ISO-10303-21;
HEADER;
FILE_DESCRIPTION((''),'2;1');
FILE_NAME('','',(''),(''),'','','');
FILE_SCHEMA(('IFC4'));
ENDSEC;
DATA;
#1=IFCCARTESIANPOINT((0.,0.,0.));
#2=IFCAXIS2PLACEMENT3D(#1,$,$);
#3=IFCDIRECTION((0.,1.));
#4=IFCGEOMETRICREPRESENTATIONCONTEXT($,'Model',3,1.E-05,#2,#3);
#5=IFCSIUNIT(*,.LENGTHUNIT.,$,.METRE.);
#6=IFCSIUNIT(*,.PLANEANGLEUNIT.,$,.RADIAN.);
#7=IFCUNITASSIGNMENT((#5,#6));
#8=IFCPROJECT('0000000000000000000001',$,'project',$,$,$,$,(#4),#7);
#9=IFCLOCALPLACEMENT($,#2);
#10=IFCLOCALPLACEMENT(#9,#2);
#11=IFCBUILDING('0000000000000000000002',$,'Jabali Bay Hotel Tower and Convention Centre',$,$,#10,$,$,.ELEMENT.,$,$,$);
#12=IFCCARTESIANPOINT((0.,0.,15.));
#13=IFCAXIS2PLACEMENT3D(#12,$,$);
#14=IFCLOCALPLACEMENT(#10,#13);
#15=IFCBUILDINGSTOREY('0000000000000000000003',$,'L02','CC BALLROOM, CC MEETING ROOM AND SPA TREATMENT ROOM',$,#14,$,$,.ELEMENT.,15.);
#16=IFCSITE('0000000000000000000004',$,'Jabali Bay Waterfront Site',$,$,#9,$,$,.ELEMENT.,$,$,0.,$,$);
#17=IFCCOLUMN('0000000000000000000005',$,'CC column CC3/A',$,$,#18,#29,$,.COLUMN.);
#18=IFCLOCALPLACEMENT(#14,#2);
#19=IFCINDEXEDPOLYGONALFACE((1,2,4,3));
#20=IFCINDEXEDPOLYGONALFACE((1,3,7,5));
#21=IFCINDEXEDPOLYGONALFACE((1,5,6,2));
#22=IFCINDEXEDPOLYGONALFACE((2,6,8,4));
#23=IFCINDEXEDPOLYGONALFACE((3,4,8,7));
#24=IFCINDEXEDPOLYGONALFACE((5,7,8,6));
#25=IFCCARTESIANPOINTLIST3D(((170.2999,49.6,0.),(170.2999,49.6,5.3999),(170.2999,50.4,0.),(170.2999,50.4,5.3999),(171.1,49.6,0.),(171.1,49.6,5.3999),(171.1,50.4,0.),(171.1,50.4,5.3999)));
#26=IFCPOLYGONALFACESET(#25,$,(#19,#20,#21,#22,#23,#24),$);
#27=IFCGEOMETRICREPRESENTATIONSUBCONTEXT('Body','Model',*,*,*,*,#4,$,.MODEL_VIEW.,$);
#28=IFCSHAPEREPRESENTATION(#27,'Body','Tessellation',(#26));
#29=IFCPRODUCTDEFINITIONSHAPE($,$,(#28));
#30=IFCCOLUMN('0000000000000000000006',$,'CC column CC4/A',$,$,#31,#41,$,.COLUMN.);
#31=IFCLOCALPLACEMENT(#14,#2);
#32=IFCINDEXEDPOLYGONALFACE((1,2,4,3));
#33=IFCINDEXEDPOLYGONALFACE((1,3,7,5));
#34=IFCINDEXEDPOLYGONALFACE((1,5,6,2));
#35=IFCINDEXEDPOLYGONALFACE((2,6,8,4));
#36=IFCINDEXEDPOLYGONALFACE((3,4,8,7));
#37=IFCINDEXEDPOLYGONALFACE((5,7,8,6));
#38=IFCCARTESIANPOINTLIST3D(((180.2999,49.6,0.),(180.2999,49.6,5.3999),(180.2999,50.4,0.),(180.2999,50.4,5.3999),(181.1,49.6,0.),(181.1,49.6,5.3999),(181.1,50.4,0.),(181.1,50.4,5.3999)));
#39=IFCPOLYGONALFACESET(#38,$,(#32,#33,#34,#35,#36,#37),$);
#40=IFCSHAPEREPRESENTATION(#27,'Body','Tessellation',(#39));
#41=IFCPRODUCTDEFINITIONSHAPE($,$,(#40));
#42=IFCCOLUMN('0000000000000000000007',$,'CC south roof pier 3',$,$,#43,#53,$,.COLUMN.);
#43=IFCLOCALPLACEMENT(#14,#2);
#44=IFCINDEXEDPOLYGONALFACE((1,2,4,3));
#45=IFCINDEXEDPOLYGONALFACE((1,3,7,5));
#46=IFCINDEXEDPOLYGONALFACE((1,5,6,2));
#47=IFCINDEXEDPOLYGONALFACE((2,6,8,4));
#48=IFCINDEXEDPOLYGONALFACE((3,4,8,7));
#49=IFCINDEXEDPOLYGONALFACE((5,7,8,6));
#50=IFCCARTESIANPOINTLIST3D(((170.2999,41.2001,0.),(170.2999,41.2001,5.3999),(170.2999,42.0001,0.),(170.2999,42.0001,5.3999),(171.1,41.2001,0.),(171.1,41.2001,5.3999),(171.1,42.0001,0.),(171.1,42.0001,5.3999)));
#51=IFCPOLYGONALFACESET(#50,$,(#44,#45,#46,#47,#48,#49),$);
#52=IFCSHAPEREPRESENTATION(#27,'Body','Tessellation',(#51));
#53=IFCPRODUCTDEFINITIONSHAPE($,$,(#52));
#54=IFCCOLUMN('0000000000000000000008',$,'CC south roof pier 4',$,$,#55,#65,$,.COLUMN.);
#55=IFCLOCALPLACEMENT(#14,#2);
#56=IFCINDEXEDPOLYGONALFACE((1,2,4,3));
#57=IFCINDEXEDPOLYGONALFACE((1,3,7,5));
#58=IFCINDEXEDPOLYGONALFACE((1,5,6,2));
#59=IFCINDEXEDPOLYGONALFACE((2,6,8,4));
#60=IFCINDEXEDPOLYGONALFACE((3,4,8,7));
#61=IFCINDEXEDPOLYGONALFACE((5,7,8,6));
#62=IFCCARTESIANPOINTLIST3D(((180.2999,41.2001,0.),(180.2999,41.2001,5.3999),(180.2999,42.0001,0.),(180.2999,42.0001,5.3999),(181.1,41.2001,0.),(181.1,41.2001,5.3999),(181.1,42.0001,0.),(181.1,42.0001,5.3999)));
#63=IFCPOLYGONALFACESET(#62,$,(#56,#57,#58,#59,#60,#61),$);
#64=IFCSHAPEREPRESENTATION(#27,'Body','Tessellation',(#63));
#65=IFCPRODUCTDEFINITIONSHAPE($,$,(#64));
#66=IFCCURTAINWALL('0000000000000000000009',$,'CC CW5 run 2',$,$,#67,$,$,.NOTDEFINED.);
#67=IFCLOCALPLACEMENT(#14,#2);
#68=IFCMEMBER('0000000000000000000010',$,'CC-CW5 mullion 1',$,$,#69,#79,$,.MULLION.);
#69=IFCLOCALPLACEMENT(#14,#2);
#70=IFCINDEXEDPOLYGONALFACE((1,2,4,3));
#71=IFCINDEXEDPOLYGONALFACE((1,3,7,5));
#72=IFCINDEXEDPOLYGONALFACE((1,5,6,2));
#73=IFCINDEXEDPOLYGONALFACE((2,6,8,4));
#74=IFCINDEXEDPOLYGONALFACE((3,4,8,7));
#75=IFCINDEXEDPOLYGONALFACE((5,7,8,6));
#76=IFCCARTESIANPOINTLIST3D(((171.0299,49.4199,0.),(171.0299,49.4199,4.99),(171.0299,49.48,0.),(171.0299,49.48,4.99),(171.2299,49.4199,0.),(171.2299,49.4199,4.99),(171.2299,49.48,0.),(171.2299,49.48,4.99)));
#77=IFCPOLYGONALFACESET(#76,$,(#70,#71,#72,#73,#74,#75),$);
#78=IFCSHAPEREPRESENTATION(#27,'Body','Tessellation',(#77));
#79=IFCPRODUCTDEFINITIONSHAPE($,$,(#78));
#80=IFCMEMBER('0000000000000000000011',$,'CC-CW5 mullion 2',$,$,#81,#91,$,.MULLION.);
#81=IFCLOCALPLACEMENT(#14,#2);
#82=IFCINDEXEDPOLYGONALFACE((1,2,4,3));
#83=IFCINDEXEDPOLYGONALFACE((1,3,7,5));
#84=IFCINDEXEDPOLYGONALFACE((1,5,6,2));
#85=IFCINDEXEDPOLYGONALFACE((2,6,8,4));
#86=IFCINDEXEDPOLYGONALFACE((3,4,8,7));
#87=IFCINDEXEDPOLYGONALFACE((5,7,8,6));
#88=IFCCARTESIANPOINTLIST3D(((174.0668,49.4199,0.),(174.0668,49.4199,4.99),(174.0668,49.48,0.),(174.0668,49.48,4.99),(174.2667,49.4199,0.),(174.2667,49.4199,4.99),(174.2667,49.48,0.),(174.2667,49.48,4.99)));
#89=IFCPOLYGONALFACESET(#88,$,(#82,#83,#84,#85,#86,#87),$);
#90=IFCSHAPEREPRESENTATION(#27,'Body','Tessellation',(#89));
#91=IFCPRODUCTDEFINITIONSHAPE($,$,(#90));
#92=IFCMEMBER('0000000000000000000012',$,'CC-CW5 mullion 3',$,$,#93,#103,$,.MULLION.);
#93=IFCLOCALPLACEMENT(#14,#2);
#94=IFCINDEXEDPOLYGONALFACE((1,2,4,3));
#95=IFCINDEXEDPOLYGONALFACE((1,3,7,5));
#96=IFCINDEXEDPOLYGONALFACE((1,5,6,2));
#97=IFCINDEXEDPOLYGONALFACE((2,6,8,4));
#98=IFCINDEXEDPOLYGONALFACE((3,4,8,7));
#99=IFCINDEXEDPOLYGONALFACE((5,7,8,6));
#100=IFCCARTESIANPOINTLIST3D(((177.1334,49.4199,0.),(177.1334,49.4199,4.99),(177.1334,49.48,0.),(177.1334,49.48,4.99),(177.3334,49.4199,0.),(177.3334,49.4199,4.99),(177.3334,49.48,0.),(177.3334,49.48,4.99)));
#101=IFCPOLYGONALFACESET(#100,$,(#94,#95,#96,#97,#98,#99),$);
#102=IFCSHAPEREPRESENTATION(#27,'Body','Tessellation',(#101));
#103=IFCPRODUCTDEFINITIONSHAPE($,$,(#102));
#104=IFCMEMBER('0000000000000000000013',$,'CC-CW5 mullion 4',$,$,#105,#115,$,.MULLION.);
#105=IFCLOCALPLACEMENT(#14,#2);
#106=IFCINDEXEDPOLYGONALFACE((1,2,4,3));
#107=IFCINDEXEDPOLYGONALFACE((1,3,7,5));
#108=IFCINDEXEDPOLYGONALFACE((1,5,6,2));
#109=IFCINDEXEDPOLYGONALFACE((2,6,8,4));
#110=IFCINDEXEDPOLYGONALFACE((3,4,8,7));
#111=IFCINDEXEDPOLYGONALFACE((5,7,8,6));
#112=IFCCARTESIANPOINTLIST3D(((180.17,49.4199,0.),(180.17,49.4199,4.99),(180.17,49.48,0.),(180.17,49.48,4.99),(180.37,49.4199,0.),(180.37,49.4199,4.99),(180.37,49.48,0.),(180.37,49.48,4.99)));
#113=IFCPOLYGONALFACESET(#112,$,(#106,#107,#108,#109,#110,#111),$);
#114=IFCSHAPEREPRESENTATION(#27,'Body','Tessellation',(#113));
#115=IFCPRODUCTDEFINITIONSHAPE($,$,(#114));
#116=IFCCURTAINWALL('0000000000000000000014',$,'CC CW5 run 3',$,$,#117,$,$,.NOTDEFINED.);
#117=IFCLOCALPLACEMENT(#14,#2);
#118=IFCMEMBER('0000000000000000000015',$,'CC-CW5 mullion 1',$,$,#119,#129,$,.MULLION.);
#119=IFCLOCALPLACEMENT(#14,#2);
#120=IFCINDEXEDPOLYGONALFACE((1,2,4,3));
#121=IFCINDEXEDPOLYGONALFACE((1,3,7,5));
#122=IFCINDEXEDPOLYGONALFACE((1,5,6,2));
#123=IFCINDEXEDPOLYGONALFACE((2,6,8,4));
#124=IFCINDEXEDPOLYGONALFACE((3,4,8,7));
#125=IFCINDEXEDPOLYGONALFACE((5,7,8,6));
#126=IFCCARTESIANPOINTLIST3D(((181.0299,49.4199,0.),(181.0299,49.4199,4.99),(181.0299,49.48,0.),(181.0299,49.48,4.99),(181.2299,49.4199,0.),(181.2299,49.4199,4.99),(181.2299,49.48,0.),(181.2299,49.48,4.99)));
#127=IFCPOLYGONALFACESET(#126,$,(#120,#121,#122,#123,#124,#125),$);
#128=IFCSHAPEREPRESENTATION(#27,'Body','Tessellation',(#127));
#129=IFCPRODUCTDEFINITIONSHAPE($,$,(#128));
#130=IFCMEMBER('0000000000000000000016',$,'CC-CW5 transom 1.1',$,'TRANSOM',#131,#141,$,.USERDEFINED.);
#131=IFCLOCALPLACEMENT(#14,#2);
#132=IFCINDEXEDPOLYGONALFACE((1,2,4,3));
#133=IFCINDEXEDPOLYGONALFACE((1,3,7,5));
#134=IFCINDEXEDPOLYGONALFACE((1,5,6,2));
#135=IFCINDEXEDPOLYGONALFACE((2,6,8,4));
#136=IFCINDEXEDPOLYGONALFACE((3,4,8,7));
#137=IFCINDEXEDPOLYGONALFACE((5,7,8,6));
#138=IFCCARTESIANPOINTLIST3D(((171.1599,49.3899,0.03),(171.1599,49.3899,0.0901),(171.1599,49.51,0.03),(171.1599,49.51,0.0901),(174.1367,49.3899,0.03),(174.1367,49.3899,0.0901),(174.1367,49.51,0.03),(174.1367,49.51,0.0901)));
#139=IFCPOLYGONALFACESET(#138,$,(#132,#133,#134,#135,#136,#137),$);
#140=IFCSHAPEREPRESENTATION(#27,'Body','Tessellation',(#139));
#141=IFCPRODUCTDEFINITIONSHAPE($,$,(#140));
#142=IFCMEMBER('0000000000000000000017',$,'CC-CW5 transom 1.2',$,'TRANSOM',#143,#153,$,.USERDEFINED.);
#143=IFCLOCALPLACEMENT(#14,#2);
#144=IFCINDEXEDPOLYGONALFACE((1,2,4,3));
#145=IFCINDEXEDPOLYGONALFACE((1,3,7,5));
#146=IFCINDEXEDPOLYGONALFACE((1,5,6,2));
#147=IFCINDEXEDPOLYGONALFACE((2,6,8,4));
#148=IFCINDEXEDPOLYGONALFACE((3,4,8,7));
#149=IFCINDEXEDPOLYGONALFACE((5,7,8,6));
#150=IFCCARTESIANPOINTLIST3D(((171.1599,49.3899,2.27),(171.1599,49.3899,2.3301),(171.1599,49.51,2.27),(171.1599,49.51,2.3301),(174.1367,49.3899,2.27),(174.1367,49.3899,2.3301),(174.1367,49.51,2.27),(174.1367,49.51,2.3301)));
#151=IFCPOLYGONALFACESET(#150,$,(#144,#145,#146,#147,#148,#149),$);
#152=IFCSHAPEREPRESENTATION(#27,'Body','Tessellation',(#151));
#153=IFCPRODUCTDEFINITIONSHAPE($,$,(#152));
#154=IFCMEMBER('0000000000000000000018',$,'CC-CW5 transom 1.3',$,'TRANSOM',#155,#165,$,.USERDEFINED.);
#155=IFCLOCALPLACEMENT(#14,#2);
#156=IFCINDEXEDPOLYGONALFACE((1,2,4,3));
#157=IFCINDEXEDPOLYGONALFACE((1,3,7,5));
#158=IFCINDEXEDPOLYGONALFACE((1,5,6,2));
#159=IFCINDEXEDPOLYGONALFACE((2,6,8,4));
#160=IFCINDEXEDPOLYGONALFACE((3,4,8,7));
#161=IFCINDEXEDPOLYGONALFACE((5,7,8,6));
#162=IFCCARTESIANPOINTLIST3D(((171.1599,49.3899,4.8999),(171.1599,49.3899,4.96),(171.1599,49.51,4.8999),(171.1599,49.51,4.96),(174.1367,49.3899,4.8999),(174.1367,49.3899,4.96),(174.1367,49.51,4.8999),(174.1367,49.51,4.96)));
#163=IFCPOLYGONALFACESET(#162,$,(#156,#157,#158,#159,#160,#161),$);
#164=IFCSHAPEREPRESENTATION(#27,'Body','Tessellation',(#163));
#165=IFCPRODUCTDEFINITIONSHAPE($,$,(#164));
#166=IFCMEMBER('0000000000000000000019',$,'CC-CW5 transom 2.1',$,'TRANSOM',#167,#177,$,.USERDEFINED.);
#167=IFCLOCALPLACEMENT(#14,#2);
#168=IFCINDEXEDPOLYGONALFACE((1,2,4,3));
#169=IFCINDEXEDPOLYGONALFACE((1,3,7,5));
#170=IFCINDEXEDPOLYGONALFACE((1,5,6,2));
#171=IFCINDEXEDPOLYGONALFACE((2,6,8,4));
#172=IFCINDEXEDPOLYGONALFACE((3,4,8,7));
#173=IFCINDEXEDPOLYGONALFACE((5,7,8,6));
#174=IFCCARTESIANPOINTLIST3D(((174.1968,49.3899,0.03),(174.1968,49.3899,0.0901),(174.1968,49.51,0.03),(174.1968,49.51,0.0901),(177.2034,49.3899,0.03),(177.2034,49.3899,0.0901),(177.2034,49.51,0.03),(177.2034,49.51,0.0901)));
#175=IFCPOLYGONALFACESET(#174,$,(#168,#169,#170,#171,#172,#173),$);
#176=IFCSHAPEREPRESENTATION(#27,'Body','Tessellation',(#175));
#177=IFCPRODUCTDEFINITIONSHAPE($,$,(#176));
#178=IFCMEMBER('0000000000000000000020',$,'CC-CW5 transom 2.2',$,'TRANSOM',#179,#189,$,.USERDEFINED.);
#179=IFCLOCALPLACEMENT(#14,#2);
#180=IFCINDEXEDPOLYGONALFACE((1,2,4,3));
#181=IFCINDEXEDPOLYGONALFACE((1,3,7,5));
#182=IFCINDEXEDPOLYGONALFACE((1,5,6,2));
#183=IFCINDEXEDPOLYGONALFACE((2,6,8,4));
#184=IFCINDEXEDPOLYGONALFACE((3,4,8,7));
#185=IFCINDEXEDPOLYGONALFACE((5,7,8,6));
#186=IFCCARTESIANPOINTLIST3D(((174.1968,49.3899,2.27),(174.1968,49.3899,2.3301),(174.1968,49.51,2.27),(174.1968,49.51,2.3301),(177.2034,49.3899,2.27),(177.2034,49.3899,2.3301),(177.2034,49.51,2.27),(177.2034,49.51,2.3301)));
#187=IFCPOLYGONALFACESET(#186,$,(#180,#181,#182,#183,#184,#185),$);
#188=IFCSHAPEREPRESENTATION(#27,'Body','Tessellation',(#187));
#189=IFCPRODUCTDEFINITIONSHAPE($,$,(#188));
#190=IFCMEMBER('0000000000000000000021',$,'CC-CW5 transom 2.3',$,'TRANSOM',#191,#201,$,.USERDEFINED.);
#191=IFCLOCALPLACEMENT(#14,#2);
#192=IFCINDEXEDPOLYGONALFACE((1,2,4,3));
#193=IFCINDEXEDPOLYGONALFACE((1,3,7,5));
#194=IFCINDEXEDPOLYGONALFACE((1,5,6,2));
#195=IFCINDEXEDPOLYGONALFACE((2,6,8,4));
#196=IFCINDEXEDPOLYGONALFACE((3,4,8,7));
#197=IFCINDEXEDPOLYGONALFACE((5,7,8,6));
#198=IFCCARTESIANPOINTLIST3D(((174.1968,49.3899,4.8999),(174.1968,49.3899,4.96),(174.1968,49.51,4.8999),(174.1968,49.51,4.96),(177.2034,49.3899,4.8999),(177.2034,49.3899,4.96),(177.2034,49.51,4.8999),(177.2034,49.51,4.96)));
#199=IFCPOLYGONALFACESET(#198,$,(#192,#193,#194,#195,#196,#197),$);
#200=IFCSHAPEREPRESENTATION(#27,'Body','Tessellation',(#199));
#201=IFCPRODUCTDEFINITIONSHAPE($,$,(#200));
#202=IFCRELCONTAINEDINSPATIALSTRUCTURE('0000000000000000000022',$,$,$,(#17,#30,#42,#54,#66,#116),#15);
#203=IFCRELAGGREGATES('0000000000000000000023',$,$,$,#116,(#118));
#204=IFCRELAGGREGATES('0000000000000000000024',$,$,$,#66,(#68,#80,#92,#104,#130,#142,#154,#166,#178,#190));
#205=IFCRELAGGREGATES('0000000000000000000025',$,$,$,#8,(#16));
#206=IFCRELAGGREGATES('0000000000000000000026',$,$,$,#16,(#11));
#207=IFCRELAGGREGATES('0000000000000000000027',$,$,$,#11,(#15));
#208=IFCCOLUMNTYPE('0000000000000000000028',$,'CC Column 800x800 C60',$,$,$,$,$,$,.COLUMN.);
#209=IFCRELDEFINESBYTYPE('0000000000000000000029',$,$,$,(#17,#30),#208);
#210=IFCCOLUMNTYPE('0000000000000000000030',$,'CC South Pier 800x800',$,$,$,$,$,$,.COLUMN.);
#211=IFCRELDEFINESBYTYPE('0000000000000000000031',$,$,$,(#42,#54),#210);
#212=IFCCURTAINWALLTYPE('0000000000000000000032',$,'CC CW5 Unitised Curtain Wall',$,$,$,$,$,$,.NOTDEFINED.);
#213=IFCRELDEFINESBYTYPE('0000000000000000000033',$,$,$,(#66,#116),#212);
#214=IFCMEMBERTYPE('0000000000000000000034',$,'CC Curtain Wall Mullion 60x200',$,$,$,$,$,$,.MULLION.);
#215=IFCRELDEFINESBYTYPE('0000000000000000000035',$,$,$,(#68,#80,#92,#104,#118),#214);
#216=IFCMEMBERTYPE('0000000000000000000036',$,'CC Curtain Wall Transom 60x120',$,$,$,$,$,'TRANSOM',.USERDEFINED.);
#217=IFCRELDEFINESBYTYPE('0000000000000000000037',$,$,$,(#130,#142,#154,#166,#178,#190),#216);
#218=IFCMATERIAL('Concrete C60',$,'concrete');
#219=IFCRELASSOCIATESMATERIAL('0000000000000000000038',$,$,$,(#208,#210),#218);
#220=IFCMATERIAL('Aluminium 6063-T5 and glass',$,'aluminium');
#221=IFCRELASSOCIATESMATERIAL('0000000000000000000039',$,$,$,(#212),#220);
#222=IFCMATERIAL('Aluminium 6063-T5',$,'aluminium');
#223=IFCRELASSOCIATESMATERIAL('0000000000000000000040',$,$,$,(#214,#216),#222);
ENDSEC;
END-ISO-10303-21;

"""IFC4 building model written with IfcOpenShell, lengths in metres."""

from ifc_helpers import new_model, si_unit, direction, frame, origin, origin_2d, place, context, subcontext, project, spatial, rectangle, extrude, material, material_profile, profile_set, type_object, element, aggregate, save


model = new_model("IFC4")

# Units and contexts
model_context = context("Model", 3, precision=1e-05, world=origin(), true_north=direction((0.0, 1.0)))
body_context = subcontext(model_context, "Body", "Model", "MODEL_VIEW")
ifc_project = project(units=[si_unit("LENGTHUNIT", "METRE"), si_unit("PLANEANGLEUNIT", "RADIAN")], contexts=[model_context])

# Site, building, storey
site_placement = place(None, origin())
site = spatial("IfcSite", under=ifc_project, at=site_placement, Name="Jabali Bay Waterfront Site", CompositionType="ELEMENT", RefElevation=0.0)
building_placement = place(site_placement, origin())
building = spatial("IfcBuilding", under=site, at=building_placement, Name="Jabali Bay Hotel Tower and Convention Centre", CompositionType="ELEMENT")
storey_placement = place(building_placement, frame((0.0, 0.0, 15.0)))
storey = spatial("IfcBuildingStorey", under=building, at=storey_placement, Name="L02", Description="CC BALLROOM, CC MEETING ROOM AND SPA TREATMENT ROOM", CompositionType="ELEMENT", Elevation=15.0)

# Columns
ifc_material_1 = material(Name="Concrete C60", Category="concrete")
ifc_material_profile_1 = material_profile(ifc_material_1, rectangle(XDim=0.8, YDim=0.8, at=origin_2d()), Name="RC 800x800")
ifc_profile_set_1 = profile_set([ifc_material_profile_1], Name="Concrete C60")
column_type_1 = type_object("IfcColumnType", Name="CC Column 800x800 C60", PredefinedType="COLUMN", material=ifc_profile_set_1)
for number, where, z_axis, x_axis, name in (
    (1, (170.7, 50.0, 0.0), (0.0, 0.0, 1.0), (1.0, 0.0, 0.0), "CC column CC3/A"),
    (2, (180.7, 50.0, 0.0), (0.0, 0.0, 1.0), (1.0, 0.0, 0.0), "CC column CC4/A"),
):
    element("IfcColumn", number, at=place(storey_placement, frame(where, z_axis=z_axis, x_axis=x_axis)), inside=storey, type_object=column_type_1, Name=name, PredefinedType="COLUMN", context=body_context, shape_type="SweptSolid", body=[
        extrude(rectangle(XDim=0.8, YDim=0.8, at=origin_2d()), origin(), (0.0, 0.0, 1.0), 5.3999),
    ])
ifc_material_profile_2 = material_profile(ifc_material_1, rectangle(XDim=0.8, YDim=0.8, at=origin_2d()), Name="RC 800x800")
ifc_profile_set_2 = profile_set([ifc_material_profile_2], Name="Concrete C60")
column_type_2 = type_object("IfcColumnType", Name="CC South Pier 800x800", PredefinedType="COLUMN", material=ifc_profile_set_2)
for number, where, z_axis, x_axis, name in (
    (3, (170.7, 41.6001, 0.0), (0.0, 0.0, 1.0), (1.0, 0.0, 0.0), "CC south roof pier 3"),
    (4, (180.7, 41.6001, 0.0), (0.0, 0.0, 1.0), (1.0, 0.0, 0.0), "CC south roof pier 4"),
):
    element("IfcColumn", number, at=place(storey_placement, frame(where, z_axis=z_axis, x_axis=x_axis)), inside=storey, type_object=column_type_2, Name=name, PredefinedType="COLUMN", context=body_context, shape_type="SweptSolid", body=[
        extrude(rectangle(XDim=0.8, YDim=0.8, at=origin_2d()), origin(), (0.0, 0.0, 1.0), 5.3999),
    ])

# Curtain wall, members
ifc_material_2 = material(Name="Aluminium 6063-T5 and glass", Category="aluminium")
curtain_wall_type = type_object("IfcCurtainWallType", Name="CC CW5 Unitised Curtain Wall", PredefinedType="NOTDEFINED", material=ifc_material_2)
curtain_wall_1_placement = place(storey_placement, origin())
curtain_wall_1 = element("IfcCurtainWall", 5, at=curtain_wall_1_placement, inside=storey, type_object=curtain_wall_type, Name="CC CW5 run 2", PredefinedType="NOTDEFINED")
ifc_material_3 = material(Name="Aluminium 6063-T5", Category="aluminium")
ifc_material_profile_3 = material_profile(ifc_material_3, rectangle(XDim=0.0601, YDim=0.2, at=origin_2d()), Name="AL 60x200")
ifc_profile_set_3 = profile_set([ifc_material_profile_3], Name="Aluminium 6063-T5")
member_type_1 = type_object("IfcMemberType", Name="CC Curtain Wall Mullion 60x200", PredefinedType="MULLION", material=ifc_profile_set_3)
member_1_placement = place(storey_placement, frame((171.1299, 49.45, 0.0), z_axis=(0.0, 0.0, 1.0), x_axis=(0.0, 1.0, 0.0)))
member_1 = element("IfcMember", 6, at=member_1_placement, type_object=member_type_1, Name="CC-CW5 mullion 1", PredefinedType="MULLION", context=body_context, shape_type="SweptSolid", body=[
    extrude(rectangle(XDim=0.0601, YDim=0.2, at=origin_2d()), origin(), (0.0, 0.0, 1.0), 4.99),
])
member_2_placement = place(storey_placement, frame((174.1667, 49.45, 0.0), z_axis=(0.0, 0.0, 1.0), x_axis=(0.0, 1.0, 0.0)))
member_2 = element("IfcMember", 7, at=member_2_placement, type_object=member_type_1, Name="CC-CW5 mullion 2", PredefinedType="MULLION", context=body_context, shape_type="SweptSolid", body=[
    extrude(rectangle(XDim=0.0601, YDim=0.2, at=origin_2d()), origin(), (0.0, 0.0, 1.0), 4.99),
])
member_3_placement = place(storey_placement, frame((177.2334, 49.45, 0.0), z_axis=(0.0, 0.0, 1.0), x_axis=(0.0, 1.0, 0.0)))
member_3 = element("IfcMember", 8, at=member_3_placement, type_object=member_type_1, Name="CC-CW5 mullion 3", PredefinedType="MULLION", context=body_context, shape_type="SweptSolid", body=[
    extrude(rectangle(XDim=0.0601, YDim=0.2, at=origin_2d()), origin(), (0.0, 0.0, 1.0), 4.99),
])
member_4_placement = place(storey_placement, frame((180.27, 49.45, 0.0), z_axis=(0.0, 0.0, 1.0), x_axis=(0.0, 1.0, 0.0)))
member_4 = element("IfcMember", 9, at=member_4_placement, type_object=member_type_1, Name="CC-CW5 mullion 4", PredefinedType="MULLION", context=body_context, shape_type="SweptSolid", body=[
    extrude(rectangle(XDim=0.0601, YDim=0.2, at=origin_2d()), origin(), (0.0, 0.0, 1.0), 4.99),
])

# Curtain wall, member
curtain_wall_2_placement = place(storey_placement, origin())
curtain_wall_2 = element("IfcCurtainWall", 10, at=curtain_wall_2_placement, inside=storey, type_object=curtain_wall_type, Name="CC CW5 run 3", PredefinedType="NOTDEFINED")
member_5_placement = place(storey_placement, frame((181.1299, 49.45, 0.0), z_axis=(0.0, 0.0, 1.0), x_axis=(0.0, 1.0, 0.0)))
member_5 = element("IfcMember", 11, at=member_5_placement, type_object=member_type_1, Name="CC-CW5 mullion 1", PredefinedType="MULLION", context=body_context, shape_type="SweptSolid", body=[
    extrude(rectangle(XDim=0.0601, YDim=0.2, at=origin_2d()), origin(), (0.0, 0.0, 1.0), 4.99),
])

# Members
ifc_material_profile_4 = material_profile(ifc_material_3, rectangle(XDim=0.1201, YDim=0.0601, at=origin_2d()), Name="AL 120x60")
ifc_profile_set_4 = profile_set([ifc_material_profile_4], Name="Aluminium 6063-T5")
member_type_2 = type_object("IfcMemberType", Name="CC Curtain Wall Transom 60x120", ElementType="TRANSOM", PredefinedType="USERDEFINED", material=ifc_profile_set_4)
member_6_placement = place(storey_placement, frame((171.1599, 49.45, 0.0601), z_axis=(1.0, 0.0, 0.0), x_axis=(0.0, 1.0, 0.0)))
member_6 = element("IfcMember", 12, at=member_6_placement, type_object=member_type_2, Name="CC-CW5 transom 1.1", ObjectType="TRANSOM", PredefinedType="USERDEFINED", context=body_context, shape_type="SweptSolid", body=[
    extrude(rectangle(XDim=0.1201, YDim=0.0601, at=origin_2d()), origin(), (0.0, 0.0, 1.0), 2.9768),
])
member_7_placement = place(storey_placement, frame((171.1599, 49.45, 2.3), z_axis=(1.0, 0.0, 0.0), x_axis=(0.0, 1.0, 0.0)))
member_7 = element("IfcMember", 13, at=member_7_placement, type_object=member_type_2, Name="CC-CW5 transom 1.2", ObjectType="TRANSOM", PredefinedType="USERDEFINED", context=body_context, shape_type="SweptSolid", body=[
    extrude(rectangle(XDim=0.1201, YDim=0.0601, at=origin_2d()), origin(), (0.0, 0.0, 1.0), 2.9768),
])
member_8_placement = place(storey_placement, frame((171.1599, 49.45, 4.9299), z_axis=(1.0, 0.0, 0.0), x_axis=(0.0, 1.0, 0.0)))
member_8 = element("IfcMember", 14, at=member_8_placement, type_object=member_type_2, Name="CC-CW5 transom 1.3", ObjectType="TRANSOM", PredefinedType="USERDEFINED", context=body_context, shape_type="SweptSolid", body=[
    extrude(rectangle(XDim=0.1201, YDim=0.0601, at=origin_2d()), origin(), (0.0, 0.0, 1.0), 2.9768),
])
member_9_placement = place(storey_placement, frame((174.1968, 49.45, 0.0601), z_axis=(1.0, 0.0, 0.0), x_axis=(0.0, 1.0, 0.0)))
member_9 = element("IfcMember", 15, at=member_9_placement, type_object=member_type_2, Name="CC-CW5 transom 2.1", ObjectType="TRANSOM", PredefinedType="USERDEFINED", context=body_context, shape_type="SweptSolid", body=[
    extrude(rectangle(XDim=0.1201, YDim=0.0601, at=origin_2d()), origin(), (0.0, 0.0, 1.0), 3.0066),
])
member_10_placement = place(storey_placement, frame((174.1968, 49.45, 2.3), z_axis=(1.0, 0.0, 0.0), x_axis=(0.0, 1.0, 0.0)))
member_10 = element("IfcMember", 16, at=member_10_placement, type_object=member_type_2, Name="CC-CW5 transom 2.2", ObjectType="TRANSOM", PredefinedType="USERDEFINED", context=body_context, shape_type="SweptSolid", body=[
    extrude(rectangle(XDim=0.1201, YDim=0.0601, at=origin_2d()), origin(), (0.0, 0.0, 1.0), 3.0066),
])
member_11_placement = place(storey_placement, frame((174.1968, 49.45, 4.9299), z_axis=(1.0, 0.0, 0.0), x_axis=(0.0, 1.0, 0.0)))
member_11 = element("IfcMember", 17, at=member_11_placement, type_object=member_type_2, Name="CC-CW5 transom 2.3", ObjectType="TRANSOM", PredefinedType="USERDEFINED", context=body_context, shape_type="SweptSolid", body=[
    extrude(rectangle(XDim=0.1201, YDim=0.0601, at=origin_2d()), origin(), (0.0, 0.0, 1.0), 3.0066),
])
aggregate(curtain_wall_2, [member_5])

aggregate(curtain_wall_1, [member_1, member_2, member_3, member_4, member_6, member_7, member_8, member_9, member_10, member_11])

save(model, "model.ifc")
